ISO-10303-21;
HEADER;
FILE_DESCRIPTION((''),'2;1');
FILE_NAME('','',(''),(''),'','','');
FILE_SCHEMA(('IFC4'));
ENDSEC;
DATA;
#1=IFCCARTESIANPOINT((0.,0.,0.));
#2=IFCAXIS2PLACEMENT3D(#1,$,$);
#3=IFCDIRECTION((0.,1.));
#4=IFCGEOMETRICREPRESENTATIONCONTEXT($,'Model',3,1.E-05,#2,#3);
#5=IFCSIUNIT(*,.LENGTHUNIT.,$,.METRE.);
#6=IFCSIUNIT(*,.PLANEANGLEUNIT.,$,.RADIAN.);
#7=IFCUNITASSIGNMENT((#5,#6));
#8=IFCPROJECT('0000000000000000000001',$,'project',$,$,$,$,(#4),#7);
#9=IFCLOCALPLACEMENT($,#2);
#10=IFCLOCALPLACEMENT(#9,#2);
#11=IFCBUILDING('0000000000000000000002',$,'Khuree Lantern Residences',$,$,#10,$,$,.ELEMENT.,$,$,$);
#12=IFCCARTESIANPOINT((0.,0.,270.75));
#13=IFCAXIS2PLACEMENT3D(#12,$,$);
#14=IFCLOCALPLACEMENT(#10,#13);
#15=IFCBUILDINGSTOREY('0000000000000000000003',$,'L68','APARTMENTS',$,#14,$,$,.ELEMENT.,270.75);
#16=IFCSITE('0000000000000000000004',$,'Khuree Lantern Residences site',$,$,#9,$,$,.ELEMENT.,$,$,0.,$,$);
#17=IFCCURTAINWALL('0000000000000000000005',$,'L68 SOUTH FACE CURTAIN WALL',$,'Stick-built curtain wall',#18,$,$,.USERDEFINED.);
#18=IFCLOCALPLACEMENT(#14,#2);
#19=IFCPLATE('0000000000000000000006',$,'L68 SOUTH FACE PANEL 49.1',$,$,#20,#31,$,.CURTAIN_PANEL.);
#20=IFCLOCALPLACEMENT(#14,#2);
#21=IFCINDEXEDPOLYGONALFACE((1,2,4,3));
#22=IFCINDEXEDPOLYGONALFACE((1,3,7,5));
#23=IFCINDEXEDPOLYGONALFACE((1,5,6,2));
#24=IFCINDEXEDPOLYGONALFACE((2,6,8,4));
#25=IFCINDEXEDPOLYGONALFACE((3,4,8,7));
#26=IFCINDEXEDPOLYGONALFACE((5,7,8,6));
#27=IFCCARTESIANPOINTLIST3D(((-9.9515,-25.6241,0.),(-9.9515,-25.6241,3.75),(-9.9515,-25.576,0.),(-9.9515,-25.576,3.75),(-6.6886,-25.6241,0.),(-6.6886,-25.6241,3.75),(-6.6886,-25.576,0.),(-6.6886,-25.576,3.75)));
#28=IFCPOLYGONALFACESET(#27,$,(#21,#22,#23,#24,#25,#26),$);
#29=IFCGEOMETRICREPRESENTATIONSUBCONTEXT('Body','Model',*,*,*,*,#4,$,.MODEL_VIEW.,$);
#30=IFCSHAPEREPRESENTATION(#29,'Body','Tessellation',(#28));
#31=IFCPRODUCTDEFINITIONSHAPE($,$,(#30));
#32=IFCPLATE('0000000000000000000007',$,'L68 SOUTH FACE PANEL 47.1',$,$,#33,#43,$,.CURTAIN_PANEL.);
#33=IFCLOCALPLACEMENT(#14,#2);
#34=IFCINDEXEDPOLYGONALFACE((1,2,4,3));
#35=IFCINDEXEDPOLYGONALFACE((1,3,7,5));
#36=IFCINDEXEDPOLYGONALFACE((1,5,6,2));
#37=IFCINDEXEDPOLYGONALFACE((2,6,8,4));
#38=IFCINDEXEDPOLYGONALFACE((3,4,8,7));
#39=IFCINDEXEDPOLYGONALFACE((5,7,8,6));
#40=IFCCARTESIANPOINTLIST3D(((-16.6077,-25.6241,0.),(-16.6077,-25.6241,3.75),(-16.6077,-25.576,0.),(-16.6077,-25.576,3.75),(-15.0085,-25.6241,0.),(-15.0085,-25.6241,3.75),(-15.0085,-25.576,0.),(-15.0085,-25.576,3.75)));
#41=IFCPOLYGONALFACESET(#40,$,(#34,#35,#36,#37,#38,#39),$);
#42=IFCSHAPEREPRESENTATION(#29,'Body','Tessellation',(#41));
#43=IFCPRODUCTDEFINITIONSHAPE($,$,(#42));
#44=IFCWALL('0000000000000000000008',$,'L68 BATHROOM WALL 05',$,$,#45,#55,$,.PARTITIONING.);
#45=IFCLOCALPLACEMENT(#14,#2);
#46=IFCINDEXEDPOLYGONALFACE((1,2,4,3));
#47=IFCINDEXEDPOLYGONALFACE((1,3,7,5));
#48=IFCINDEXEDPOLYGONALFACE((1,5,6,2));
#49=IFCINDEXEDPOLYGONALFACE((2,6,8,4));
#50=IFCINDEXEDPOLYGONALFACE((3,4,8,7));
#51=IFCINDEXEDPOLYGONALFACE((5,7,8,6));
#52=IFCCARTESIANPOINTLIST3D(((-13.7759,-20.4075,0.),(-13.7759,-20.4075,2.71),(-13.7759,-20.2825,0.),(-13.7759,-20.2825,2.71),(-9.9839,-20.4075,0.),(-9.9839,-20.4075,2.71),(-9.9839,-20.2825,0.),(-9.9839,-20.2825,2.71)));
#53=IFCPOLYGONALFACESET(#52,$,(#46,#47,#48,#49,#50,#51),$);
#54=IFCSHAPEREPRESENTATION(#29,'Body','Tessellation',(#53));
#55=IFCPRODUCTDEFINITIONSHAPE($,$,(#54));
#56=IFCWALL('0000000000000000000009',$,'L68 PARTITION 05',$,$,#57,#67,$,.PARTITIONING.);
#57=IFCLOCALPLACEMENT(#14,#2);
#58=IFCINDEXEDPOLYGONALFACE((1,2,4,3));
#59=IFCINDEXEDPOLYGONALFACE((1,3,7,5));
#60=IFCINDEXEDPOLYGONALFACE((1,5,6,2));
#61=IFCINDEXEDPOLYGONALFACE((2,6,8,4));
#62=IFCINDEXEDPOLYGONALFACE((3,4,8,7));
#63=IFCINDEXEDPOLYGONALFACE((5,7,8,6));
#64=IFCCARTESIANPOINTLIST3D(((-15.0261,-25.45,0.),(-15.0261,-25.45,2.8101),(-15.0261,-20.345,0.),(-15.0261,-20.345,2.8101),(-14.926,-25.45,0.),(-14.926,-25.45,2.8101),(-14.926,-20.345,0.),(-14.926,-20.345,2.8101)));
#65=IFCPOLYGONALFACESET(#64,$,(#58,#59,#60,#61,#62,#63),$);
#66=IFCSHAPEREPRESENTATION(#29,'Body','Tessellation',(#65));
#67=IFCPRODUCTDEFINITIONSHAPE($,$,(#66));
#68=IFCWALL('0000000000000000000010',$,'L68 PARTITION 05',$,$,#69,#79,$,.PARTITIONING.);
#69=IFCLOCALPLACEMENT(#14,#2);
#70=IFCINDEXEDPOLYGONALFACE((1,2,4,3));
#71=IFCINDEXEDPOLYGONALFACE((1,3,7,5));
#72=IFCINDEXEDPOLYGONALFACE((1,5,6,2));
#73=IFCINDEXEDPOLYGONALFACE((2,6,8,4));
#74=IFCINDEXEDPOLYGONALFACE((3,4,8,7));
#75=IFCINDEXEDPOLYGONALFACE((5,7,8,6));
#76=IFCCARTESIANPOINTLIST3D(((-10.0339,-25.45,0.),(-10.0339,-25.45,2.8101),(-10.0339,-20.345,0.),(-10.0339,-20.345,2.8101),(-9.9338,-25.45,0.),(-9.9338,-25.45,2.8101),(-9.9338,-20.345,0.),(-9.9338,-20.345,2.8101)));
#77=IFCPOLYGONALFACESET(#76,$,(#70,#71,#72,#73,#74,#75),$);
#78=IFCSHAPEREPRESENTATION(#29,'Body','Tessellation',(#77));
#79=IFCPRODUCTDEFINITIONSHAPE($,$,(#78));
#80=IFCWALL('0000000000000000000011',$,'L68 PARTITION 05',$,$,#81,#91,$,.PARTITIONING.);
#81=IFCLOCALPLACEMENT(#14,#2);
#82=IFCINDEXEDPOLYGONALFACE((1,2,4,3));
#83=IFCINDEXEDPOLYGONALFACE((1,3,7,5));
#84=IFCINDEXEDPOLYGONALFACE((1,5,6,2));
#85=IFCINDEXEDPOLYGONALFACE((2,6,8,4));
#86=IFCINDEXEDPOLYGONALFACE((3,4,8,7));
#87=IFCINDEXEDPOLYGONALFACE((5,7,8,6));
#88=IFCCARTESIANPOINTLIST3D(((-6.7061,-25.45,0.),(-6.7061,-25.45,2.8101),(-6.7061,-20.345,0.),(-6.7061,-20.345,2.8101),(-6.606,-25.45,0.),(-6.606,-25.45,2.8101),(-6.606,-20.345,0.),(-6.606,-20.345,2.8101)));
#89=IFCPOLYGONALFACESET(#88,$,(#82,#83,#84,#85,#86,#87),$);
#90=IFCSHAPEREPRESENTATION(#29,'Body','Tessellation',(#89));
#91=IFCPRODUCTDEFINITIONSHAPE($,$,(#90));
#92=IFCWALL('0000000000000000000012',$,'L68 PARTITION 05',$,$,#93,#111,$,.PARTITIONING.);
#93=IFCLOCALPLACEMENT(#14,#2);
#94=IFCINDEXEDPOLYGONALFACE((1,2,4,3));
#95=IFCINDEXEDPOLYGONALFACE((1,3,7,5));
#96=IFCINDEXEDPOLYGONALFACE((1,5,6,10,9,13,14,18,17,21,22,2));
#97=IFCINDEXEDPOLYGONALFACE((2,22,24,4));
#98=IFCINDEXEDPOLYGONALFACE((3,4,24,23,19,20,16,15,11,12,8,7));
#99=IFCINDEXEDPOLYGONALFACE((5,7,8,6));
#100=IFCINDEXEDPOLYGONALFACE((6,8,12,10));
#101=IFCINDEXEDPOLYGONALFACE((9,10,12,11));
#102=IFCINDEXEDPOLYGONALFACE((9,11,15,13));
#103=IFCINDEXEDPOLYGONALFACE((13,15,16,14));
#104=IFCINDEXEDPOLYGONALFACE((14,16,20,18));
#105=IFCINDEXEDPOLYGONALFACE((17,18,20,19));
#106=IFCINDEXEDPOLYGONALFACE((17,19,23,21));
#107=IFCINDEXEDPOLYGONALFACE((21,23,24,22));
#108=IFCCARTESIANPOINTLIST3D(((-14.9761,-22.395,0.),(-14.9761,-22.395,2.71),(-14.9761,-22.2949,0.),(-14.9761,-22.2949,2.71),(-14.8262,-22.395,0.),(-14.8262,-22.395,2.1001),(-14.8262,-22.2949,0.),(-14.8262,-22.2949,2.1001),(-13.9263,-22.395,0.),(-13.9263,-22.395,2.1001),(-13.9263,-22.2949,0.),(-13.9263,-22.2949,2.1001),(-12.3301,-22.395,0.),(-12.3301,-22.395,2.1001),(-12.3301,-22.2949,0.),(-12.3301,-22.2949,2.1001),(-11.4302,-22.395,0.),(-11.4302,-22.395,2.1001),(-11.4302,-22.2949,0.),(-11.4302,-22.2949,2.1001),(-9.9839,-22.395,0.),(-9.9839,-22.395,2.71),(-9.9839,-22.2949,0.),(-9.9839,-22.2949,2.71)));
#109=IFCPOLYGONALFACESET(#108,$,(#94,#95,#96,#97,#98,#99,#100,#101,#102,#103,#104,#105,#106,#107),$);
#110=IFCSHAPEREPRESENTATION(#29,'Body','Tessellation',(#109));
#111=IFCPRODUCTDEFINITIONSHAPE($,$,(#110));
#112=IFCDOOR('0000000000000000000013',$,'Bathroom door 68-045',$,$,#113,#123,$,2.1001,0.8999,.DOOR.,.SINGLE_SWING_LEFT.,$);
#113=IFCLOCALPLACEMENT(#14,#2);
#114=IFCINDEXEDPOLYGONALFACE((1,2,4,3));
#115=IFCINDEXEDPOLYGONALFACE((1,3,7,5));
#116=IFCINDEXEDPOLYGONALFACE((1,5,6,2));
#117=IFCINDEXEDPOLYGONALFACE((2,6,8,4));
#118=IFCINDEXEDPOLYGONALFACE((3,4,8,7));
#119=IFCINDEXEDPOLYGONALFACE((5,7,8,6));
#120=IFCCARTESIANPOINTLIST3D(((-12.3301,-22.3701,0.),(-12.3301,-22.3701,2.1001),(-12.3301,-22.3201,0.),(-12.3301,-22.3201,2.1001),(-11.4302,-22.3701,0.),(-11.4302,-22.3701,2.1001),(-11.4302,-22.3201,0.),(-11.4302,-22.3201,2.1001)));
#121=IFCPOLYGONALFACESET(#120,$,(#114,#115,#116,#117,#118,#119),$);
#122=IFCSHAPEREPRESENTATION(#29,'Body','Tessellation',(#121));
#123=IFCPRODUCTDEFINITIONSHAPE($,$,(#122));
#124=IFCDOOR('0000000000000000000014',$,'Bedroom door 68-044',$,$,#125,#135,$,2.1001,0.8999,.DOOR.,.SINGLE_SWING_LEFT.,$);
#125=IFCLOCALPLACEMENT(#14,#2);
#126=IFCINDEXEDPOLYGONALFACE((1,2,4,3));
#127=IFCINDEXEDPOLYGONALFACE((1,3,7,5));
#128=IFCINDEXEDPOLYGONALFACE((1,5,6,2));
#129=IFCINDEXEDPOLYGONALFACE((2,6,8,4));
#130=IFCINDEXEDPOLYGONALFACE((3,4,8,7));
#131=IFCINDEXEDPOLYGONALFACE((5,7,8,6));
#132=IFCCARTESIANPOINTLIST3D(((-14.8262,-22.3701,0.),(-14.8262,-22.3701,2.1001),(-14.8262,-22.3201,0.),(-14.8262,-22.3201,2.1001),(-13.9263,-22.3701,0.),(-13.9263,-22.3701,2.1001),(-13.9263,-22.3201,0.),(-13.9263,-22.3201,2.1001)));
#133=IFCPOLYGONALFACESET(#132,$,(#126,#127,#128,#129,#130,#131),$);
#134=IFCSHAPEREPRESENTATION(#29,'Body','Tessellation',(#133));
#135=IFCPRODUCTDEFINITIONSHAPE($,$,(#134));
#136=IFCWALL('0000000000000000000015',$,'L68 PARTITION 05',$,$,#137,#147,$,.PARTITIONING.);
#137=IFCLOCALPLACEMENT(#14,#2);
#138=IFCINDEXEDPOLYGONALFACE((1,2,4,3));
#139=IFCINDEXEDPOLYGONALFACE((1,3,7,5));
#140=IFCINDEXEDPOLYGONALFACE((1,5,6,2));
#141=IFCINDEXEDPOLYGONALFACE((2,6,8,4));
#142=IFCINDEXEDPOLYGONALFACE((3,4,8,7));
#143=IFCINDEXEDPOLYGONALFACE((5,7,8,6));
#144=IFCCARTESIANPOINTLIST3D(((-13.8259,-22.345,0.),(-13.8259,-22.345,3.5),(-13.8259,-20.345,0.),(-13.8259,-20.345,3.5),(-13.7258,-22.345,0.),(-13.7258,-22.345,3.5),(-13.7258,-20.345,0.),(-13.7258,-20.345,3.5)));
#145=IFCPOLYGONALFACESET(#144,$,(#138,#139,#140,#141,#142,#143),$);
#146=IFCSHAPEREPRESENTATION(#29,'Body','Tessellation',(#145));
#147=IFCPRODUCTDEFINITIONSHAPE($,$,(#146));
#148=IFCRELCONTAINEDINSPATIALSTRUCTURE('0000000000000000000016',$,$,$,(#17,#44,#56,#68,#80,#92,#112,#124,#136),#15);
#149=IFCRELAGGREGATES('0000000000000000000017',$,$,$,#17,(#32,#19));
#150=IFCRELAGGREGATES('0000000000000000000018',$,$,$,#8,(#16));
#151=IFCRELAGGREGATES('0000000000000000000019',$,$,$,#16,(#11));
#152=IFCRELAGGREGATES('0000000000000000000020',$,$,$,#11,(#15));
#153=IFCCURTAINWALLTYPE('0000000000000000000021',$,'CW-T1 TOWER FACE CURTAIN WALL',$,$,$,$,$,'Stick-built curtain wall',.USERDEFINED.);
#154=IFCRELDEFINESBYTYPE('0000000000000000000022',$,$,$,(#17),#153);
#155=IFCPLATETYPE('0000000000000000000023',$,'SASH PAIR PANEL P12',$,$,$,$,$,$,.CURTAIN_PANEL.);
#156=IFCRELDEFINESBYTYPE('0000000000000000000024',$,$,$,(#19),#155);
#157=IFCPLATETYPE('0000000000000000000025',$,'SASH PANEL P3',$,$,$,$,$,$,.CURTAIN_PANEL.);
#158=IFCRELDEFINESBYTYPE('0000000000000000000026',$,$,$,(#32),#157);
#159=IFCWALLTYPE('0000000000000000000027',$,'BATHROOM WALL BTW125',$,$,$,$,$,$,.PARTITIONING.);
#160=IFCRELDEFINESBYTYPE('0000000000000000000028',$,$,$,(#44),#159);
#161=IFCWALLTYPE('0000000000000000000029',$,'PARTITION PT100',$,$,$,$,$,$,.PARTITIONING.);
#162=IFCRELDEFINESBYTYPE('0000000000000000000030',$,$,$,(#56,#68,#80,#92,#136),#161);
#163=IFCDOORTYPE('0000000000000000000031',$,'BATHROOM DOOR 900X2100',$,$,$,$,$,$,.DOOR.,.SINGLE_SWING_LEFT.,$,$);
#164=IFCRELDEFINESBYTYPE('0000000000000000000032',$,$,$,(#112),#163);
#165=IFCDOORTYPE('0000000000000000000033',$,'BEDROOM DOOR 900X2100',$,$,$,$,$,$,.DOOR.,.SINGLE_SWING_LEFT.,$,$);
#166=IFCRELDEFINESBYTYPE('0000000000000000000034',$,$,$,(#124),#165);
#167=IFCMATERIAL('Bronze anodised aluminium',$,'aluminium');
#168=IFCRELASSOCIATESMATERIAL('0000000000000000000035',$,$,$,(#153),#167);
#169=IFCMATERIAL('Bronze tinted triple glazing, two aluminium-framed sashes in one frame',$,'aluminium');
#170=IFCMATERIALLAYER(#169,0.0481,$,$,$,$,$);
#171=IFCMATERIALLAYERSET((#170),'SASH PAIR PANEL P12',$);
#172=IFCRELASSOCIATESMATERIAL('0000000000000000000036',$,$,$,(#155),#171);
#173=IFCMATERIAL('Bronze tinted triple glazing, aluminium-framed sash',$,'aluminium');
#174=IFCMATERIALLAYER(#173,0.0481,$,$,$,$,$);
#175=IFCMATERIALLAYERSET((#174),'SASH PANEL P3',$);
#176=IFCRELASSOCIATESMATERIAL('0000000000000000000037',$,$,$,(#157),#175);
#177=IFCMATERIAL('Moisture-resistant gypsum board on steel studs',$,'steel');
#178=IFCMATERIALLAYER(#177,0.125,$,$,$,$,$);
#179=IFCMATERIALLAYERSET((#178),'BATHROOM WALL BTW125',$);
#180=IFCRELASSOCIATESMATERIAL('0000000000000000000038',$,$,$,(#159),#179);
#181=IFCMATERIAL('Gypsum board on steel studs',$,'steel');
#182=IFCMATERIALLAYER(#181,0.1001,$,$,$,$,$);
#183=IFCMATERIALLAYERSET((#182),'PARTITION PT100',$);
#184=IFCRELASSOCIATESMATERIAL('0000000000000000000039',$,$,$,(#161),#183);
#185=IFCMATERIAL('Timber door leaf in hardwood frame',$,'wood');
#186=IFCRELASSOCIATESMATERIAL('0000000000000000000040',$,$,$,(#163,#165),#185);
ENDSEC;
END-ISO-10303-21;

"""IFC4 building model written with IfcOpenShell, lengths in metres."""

from ifc_helpers import new_model, si_unit, direction, frame, frame_2d, origin, origin_2d, place, context, subcontext, project, spatial, rectangle, extrude, material, layer, layer_set, type_object, element, fill, aggregate, save


model = new_model("IFC4")

# Units and contexts
model_context = context("Model", 3, precision=1e-05, world=origin(), true_north=direction((0.0, 1.0)))
body_context = subcontext(model_context, "Body", "Model", "MODEL_VIEW")
ifc_project = project(units=[si_unit("LENGTHUNIT", "METRE"), si_unit("PLANEANGLEUNIT", "RADIAN")], contexts=[model_context])

# Site, building, storey
site_placement = place(None, origin())
site = spatial("IfcSite", under=ifc_project, at=site_placement, Name="Khuree Lantern Residences site", CompositionType="ELEMENT", RefElevation=0.0)
building_placement = place(site_placement, origin())
building = spatial("IfcBuilding", under=site, at=building_placement, Name="Khuree Lantern Residences", CompositionType="ELEMENT")
storey_placement = place(building_placement, frame((0.0, 0.0, 270.75)))
storey = spatial("IfcBuildingStorey", under=building, at=storey_placement, Name="L68", Description="APARTMENTS", CompositionType="ELEMENT", Elevation=270.75)

# Curtain wall
ifc_material_1 = material(Name="Bronze anodised aluminium", Category="aluminium")
curtain_wall_type = type_object("IfcCurtainWallType", Name="CW-T1 TOWER FACE CURTAIN WALL", ElementType="Stick-built curtain wall", PredefinedType="USERDEFINED", material=ifc_material_1)
curtain_wall_placement = place(storey_placement, origin())
curtain_wall = element("IfcCurtainWall", 1, at=curtain_wall_placement, inside=storey, type_object=curtain_wall_type, Name="L68 SOUTH FACE CURTAIN WALL", ObjectType="Stick-built curtain wall", PredefinedType="USERDEFINED")

# Plates
ifc_material_2 = material(Name="Bronze tinted triple glazing, two aluminium-framed sashes in one frame", Category="aluminium")
ifc_layer_1 = layer(ifc_material_2, 0.0481)
ifc_layer_set_1 = layer_set([ifc_layer_1], Name="SASH PAIR PANEL P12")
plate_type_1 = type_object("IfcPlateType", Name="SASH PAIR PANEL P12", PredefinedType="CURTAIN_PANEL", material=ifc_layer_set_1)
plate_1_placement = place(storey_placement, frame((-8.3201, -25.6001, 0.0), z_axis=(0.0, 0.0, 1.0), x_axis=(1.0, 0.0, 0.0)))
plate_1 = element("IfcPlate", 2, at=plate_1_placement, type_object=plate_type_1, Name="L68 SOUTH FACE PANEL 49.1", PredefinedType="CURTAIN_PANEL", context=body_context, shape_type="SweptSolid", body=[
    extrude(rectangle(XDim=3.2629, YDim=0.0481, at=origin_2d()), origin(), (0.0, 0.0, 1.0), 3.75),
])
ifc_material_3 = material(Name="Bronze tinted triple glazing, aluminium-framed sash", Category="aluminium")
ifc_layer_2 = layer(ifc_material_3, 0.0481)
ifc_layer_set_2 = layer_set([ifc_layer_2], Name="SASH PANEL P3")
plate_type_2 = type_object("IfcPlateType", Name="SASH PANEL P3", PredefinedType="CURTAIN_PANEL", material=ifc_layer_set_2)
plate_2_placement = place(storey_placement, frame((-15.8081, -25.6001, 0.0), z_axis=(0.0, 0.0, 1.0), x_axis=(1.0, 0.0, 0.0)))
plate_2 = element("IfcPlate", 3, at=plate_2_placement, type_object=plate_type_2, Name="L68 SOUTH FACE PANEL 47.1", PredefinedType="CURTAIN_PANEL", context=body_context, shape_type="SweptSolid", body=[
    extrude(rectangle(XDim=1.5991, YDim=0.0481, at=origin_2d()), origin(), (0.0, 0.0, 1.0), 3.75),
])
aggregate(curtain_wall, [plate_2, plate_1])

# Walls
ifc_material_4 = material(Name="Moisture-resistant gypsum board on steel studs", Category="steel")
ifc_layer_3 = layer(ifc_material_4, 0.125)
ifc_layer_set_3 = layer_set([ifc_layer_3], Name="BATHROOM WALL BTW125")
wall_type_1 = type_object("IfcWallType", Name="BATHROOM WALL BTW125", PredefinedType="PARTITIONING", material=ifc_layer_set_3)
wall_1_placement = place(storey_placement, frame((-13.7759, -20.345, 0.0), z_axis=(0.0, 0.0, 1.0), x_axis=(1.0, 0.0, 0.0)))
element("IfcWall", 4, at=wall_1_placement, inside=storey, type_object=wall_type_1, Name="L68 BATHROOM WALL 05", PredefinedType="PARTITIONING", context=body_context, shape_type="SweptSolid", body=[
    extrude(rectangle(XDim=3.792, YDim=0.125, at=frame_2d((1.896, 0.0))), origin(), (0.0, 0.0, 1.0), 2.71),
])
ifc_material_5 = material(Name="Gypsum board on steel studs", Category="steel")
ifc_layer_4 = layer(ifc_material_5, 0.1001)
ifc_layer_set_4 = layer_set([ifc_layer_4], Name="PARTITION PT100")
wall_type_2 = type_object("IfcWallType", Name="PARTITION PT100", PredefinedType="PARTITIONING", material=ifc_layer_set_4)
for number, where, z_axis, x_axis, name in (
    (5, (-14.9761, -20.345, 0.0), (0.0, 0.0, 1.0), (0.0, -1.0, 0.0), "L68 PARTITION 05"),
    (6, (-9.9839, -20.345, 0.0), (0.0, 0.0, 1.0), (0.0, -1.0, 0.0), "L68 PARTITION 05"),
    (7, (-6.656, -20.345, 0.0), (0.0, 0.0, 1.0), (0.0, -1.0, 0.0), "L68 PARTITION 05"),
):
    element("IfcWall", number, at=place(storey_placement, frame(where, z_axis=z_axis, x_axis=x_axis)), inside=storey, type_object=wall_type_2, Name=name, PredefinedType="PARTITIONING", context=body_context, shape_type="SweptSolid", body=[
        extrude(rectangle(XDim=5.105, YDim=0.1001, at=frame_2d((2.5525, 0.0))), origin(), (0.0, 0.0, 1.0), 2.8101),
    ])

# Wall, openings, doors
wall_2_placement = place(storey_placement, frame((-14.9761, -22.345, 0.0), z_axis=(0.0, 0.0, 1.0), x_axis=(1.0, 0.0, 0.0)))
wall_2 = element("IfcWall", 8, at=wall_2_placement, inside=storey, type_object=wall_type_2, Name="L68 PARTITION 05", PredefinedType="PARTITIONING", context=body_context, shape_type="SweptSolid", body=[
    extrude(rectangle(XDim=4.9922, YDim=0.1001, at=frame_2d((2.4961, 0.0))), origin(), (0.0, 0.0, 1.0), 2.71),
])
opening_1_placement = place(wall_2_placement, frame((0.1499, 0.0, 0.0)))
opening_1 = element("IfcOpeningElement", 9, at=opening_1_placement, cuts=wall_2, PredefinedType="OPENING", context=body_context, shape_type="SweptSolid", body=[
    extrude(rectangle(XDim=0.8999, YDim=2.1001, at=frame_2d((0.45, 1.05))), frame((0.0, 0.0601, 0.0), z_axis=(0.0, -1.0, 0.0), x_axis=(1.0, 0.0, 0.0)), (0.0, 0.0, 1.0), 0.1201),
])
opening_2_placement = place(wall_2_placement, frame((2.646, 0.0, 0.0)))
opening_2 = element("IfcOpeningElement", 10, at=opening_2_placement, cuts=wall_2, PredefinedType="OPENING", context=body_context, shape_type="SweptSolid", body=[
    extrude(rectangle(XDim=0.8999, YDim=2.1001, at=frame_2d((0.45, 1.05))), frame((0.0, 0.0601, 0.0), z_axis=(0.0, -1.0, 0.0), x_axis=(1.0, 0.0, 0.0)), (0.0, 0.0, 1.0), 0.1201),
])
ifc_material_6 = material(Name="Timber door leaf in hardwood frame", Category="wood")
door_type_1 = type_object("IfcDoorType", Name="BATHROOM DOOR 900X2100", OperationType="SINGLE_SWING_LEFT", PredefinedType="DOOR", material=ifc_material_6)
door_1_placement = place(opening_2_placement, origin())
door_1 = element("IfcDoor", 11, at=door_1_placement, inside=storey, type_object=door_type_1, Name="Bathroom door 68-045", OperationType="SINGLE_SWING_LEFT", OverallHeight=2.1001, OverallWidth=0.8999, PredefinedType="DOOR", context=body_context, shape_type="SweptSolid", body=[
    extrude(rectangle(XDim=0.8999, YDim=2.1001, at=frame_2d((0.45, 1.05))), frame((0.0, 0.0249, 0.0), z_axis=(0.0, -1.0, 0.0), x_axis=(1.0, 0.0, 0.0)), (0.0, 0.0, 1.0), 0.05),
])
fill(opening_2, door_1)
door_type_2 = type_object("IfcDoorType", Name="BEDROOM DOOR 900X2100", OperationType="SINGLE_SWING_LEFT", PredefinedType="DOOR", material=ifc_material_6)
door_2_placement = place(opening_1_placement, origin())
door_2 = element("IfcDoor", 12, at=door_2_placement, inside=storey, type_object=door_type_2, Name="Bedroom door 68-044", OperationType="SINGLE_SWING_LEFT", OverallHeight=2.1001, OverallWidth=0.8999, PredefinedType="DOOR", context=body_context, shape_type="SweptSolid", body=[
    extrude(rectangle(XDim=0.8999, YDim=2.1001, at=frame_2d((0.45, 1.05))), frame((0.0, 0.0249, 0.0), z_axis=(0.0, -1.0, 0.0), x_axis=(1.0, 0.0, 0.0)), (0.0, 0.0, 1.0), 0.05),
])
fill(opening_1, door_2)

# Wall
wall_3_placement = place(storey_placement, frame((-13.7759, -20.345, 0.0), z_axis=(0.0, 0.0, 1.0), x_axis=(0.0, -1.0, 0.0)))
element("IfcWall", 13, at=wall_3_placement, inside=storey, type_object=wall_type_2, Name="L68 PARTITION 05", PredefinedType="PARTITIONING", context=body_context, shape_type="SweptSolid", body=[
    extrude(rectangle(XDim=2.0, YDim=0.1001, at=frame_2d((1.0, 0.0))), origin(), (0.0, 0.0, 1.0), 3.5),
])

save(model, "model.ifc")
